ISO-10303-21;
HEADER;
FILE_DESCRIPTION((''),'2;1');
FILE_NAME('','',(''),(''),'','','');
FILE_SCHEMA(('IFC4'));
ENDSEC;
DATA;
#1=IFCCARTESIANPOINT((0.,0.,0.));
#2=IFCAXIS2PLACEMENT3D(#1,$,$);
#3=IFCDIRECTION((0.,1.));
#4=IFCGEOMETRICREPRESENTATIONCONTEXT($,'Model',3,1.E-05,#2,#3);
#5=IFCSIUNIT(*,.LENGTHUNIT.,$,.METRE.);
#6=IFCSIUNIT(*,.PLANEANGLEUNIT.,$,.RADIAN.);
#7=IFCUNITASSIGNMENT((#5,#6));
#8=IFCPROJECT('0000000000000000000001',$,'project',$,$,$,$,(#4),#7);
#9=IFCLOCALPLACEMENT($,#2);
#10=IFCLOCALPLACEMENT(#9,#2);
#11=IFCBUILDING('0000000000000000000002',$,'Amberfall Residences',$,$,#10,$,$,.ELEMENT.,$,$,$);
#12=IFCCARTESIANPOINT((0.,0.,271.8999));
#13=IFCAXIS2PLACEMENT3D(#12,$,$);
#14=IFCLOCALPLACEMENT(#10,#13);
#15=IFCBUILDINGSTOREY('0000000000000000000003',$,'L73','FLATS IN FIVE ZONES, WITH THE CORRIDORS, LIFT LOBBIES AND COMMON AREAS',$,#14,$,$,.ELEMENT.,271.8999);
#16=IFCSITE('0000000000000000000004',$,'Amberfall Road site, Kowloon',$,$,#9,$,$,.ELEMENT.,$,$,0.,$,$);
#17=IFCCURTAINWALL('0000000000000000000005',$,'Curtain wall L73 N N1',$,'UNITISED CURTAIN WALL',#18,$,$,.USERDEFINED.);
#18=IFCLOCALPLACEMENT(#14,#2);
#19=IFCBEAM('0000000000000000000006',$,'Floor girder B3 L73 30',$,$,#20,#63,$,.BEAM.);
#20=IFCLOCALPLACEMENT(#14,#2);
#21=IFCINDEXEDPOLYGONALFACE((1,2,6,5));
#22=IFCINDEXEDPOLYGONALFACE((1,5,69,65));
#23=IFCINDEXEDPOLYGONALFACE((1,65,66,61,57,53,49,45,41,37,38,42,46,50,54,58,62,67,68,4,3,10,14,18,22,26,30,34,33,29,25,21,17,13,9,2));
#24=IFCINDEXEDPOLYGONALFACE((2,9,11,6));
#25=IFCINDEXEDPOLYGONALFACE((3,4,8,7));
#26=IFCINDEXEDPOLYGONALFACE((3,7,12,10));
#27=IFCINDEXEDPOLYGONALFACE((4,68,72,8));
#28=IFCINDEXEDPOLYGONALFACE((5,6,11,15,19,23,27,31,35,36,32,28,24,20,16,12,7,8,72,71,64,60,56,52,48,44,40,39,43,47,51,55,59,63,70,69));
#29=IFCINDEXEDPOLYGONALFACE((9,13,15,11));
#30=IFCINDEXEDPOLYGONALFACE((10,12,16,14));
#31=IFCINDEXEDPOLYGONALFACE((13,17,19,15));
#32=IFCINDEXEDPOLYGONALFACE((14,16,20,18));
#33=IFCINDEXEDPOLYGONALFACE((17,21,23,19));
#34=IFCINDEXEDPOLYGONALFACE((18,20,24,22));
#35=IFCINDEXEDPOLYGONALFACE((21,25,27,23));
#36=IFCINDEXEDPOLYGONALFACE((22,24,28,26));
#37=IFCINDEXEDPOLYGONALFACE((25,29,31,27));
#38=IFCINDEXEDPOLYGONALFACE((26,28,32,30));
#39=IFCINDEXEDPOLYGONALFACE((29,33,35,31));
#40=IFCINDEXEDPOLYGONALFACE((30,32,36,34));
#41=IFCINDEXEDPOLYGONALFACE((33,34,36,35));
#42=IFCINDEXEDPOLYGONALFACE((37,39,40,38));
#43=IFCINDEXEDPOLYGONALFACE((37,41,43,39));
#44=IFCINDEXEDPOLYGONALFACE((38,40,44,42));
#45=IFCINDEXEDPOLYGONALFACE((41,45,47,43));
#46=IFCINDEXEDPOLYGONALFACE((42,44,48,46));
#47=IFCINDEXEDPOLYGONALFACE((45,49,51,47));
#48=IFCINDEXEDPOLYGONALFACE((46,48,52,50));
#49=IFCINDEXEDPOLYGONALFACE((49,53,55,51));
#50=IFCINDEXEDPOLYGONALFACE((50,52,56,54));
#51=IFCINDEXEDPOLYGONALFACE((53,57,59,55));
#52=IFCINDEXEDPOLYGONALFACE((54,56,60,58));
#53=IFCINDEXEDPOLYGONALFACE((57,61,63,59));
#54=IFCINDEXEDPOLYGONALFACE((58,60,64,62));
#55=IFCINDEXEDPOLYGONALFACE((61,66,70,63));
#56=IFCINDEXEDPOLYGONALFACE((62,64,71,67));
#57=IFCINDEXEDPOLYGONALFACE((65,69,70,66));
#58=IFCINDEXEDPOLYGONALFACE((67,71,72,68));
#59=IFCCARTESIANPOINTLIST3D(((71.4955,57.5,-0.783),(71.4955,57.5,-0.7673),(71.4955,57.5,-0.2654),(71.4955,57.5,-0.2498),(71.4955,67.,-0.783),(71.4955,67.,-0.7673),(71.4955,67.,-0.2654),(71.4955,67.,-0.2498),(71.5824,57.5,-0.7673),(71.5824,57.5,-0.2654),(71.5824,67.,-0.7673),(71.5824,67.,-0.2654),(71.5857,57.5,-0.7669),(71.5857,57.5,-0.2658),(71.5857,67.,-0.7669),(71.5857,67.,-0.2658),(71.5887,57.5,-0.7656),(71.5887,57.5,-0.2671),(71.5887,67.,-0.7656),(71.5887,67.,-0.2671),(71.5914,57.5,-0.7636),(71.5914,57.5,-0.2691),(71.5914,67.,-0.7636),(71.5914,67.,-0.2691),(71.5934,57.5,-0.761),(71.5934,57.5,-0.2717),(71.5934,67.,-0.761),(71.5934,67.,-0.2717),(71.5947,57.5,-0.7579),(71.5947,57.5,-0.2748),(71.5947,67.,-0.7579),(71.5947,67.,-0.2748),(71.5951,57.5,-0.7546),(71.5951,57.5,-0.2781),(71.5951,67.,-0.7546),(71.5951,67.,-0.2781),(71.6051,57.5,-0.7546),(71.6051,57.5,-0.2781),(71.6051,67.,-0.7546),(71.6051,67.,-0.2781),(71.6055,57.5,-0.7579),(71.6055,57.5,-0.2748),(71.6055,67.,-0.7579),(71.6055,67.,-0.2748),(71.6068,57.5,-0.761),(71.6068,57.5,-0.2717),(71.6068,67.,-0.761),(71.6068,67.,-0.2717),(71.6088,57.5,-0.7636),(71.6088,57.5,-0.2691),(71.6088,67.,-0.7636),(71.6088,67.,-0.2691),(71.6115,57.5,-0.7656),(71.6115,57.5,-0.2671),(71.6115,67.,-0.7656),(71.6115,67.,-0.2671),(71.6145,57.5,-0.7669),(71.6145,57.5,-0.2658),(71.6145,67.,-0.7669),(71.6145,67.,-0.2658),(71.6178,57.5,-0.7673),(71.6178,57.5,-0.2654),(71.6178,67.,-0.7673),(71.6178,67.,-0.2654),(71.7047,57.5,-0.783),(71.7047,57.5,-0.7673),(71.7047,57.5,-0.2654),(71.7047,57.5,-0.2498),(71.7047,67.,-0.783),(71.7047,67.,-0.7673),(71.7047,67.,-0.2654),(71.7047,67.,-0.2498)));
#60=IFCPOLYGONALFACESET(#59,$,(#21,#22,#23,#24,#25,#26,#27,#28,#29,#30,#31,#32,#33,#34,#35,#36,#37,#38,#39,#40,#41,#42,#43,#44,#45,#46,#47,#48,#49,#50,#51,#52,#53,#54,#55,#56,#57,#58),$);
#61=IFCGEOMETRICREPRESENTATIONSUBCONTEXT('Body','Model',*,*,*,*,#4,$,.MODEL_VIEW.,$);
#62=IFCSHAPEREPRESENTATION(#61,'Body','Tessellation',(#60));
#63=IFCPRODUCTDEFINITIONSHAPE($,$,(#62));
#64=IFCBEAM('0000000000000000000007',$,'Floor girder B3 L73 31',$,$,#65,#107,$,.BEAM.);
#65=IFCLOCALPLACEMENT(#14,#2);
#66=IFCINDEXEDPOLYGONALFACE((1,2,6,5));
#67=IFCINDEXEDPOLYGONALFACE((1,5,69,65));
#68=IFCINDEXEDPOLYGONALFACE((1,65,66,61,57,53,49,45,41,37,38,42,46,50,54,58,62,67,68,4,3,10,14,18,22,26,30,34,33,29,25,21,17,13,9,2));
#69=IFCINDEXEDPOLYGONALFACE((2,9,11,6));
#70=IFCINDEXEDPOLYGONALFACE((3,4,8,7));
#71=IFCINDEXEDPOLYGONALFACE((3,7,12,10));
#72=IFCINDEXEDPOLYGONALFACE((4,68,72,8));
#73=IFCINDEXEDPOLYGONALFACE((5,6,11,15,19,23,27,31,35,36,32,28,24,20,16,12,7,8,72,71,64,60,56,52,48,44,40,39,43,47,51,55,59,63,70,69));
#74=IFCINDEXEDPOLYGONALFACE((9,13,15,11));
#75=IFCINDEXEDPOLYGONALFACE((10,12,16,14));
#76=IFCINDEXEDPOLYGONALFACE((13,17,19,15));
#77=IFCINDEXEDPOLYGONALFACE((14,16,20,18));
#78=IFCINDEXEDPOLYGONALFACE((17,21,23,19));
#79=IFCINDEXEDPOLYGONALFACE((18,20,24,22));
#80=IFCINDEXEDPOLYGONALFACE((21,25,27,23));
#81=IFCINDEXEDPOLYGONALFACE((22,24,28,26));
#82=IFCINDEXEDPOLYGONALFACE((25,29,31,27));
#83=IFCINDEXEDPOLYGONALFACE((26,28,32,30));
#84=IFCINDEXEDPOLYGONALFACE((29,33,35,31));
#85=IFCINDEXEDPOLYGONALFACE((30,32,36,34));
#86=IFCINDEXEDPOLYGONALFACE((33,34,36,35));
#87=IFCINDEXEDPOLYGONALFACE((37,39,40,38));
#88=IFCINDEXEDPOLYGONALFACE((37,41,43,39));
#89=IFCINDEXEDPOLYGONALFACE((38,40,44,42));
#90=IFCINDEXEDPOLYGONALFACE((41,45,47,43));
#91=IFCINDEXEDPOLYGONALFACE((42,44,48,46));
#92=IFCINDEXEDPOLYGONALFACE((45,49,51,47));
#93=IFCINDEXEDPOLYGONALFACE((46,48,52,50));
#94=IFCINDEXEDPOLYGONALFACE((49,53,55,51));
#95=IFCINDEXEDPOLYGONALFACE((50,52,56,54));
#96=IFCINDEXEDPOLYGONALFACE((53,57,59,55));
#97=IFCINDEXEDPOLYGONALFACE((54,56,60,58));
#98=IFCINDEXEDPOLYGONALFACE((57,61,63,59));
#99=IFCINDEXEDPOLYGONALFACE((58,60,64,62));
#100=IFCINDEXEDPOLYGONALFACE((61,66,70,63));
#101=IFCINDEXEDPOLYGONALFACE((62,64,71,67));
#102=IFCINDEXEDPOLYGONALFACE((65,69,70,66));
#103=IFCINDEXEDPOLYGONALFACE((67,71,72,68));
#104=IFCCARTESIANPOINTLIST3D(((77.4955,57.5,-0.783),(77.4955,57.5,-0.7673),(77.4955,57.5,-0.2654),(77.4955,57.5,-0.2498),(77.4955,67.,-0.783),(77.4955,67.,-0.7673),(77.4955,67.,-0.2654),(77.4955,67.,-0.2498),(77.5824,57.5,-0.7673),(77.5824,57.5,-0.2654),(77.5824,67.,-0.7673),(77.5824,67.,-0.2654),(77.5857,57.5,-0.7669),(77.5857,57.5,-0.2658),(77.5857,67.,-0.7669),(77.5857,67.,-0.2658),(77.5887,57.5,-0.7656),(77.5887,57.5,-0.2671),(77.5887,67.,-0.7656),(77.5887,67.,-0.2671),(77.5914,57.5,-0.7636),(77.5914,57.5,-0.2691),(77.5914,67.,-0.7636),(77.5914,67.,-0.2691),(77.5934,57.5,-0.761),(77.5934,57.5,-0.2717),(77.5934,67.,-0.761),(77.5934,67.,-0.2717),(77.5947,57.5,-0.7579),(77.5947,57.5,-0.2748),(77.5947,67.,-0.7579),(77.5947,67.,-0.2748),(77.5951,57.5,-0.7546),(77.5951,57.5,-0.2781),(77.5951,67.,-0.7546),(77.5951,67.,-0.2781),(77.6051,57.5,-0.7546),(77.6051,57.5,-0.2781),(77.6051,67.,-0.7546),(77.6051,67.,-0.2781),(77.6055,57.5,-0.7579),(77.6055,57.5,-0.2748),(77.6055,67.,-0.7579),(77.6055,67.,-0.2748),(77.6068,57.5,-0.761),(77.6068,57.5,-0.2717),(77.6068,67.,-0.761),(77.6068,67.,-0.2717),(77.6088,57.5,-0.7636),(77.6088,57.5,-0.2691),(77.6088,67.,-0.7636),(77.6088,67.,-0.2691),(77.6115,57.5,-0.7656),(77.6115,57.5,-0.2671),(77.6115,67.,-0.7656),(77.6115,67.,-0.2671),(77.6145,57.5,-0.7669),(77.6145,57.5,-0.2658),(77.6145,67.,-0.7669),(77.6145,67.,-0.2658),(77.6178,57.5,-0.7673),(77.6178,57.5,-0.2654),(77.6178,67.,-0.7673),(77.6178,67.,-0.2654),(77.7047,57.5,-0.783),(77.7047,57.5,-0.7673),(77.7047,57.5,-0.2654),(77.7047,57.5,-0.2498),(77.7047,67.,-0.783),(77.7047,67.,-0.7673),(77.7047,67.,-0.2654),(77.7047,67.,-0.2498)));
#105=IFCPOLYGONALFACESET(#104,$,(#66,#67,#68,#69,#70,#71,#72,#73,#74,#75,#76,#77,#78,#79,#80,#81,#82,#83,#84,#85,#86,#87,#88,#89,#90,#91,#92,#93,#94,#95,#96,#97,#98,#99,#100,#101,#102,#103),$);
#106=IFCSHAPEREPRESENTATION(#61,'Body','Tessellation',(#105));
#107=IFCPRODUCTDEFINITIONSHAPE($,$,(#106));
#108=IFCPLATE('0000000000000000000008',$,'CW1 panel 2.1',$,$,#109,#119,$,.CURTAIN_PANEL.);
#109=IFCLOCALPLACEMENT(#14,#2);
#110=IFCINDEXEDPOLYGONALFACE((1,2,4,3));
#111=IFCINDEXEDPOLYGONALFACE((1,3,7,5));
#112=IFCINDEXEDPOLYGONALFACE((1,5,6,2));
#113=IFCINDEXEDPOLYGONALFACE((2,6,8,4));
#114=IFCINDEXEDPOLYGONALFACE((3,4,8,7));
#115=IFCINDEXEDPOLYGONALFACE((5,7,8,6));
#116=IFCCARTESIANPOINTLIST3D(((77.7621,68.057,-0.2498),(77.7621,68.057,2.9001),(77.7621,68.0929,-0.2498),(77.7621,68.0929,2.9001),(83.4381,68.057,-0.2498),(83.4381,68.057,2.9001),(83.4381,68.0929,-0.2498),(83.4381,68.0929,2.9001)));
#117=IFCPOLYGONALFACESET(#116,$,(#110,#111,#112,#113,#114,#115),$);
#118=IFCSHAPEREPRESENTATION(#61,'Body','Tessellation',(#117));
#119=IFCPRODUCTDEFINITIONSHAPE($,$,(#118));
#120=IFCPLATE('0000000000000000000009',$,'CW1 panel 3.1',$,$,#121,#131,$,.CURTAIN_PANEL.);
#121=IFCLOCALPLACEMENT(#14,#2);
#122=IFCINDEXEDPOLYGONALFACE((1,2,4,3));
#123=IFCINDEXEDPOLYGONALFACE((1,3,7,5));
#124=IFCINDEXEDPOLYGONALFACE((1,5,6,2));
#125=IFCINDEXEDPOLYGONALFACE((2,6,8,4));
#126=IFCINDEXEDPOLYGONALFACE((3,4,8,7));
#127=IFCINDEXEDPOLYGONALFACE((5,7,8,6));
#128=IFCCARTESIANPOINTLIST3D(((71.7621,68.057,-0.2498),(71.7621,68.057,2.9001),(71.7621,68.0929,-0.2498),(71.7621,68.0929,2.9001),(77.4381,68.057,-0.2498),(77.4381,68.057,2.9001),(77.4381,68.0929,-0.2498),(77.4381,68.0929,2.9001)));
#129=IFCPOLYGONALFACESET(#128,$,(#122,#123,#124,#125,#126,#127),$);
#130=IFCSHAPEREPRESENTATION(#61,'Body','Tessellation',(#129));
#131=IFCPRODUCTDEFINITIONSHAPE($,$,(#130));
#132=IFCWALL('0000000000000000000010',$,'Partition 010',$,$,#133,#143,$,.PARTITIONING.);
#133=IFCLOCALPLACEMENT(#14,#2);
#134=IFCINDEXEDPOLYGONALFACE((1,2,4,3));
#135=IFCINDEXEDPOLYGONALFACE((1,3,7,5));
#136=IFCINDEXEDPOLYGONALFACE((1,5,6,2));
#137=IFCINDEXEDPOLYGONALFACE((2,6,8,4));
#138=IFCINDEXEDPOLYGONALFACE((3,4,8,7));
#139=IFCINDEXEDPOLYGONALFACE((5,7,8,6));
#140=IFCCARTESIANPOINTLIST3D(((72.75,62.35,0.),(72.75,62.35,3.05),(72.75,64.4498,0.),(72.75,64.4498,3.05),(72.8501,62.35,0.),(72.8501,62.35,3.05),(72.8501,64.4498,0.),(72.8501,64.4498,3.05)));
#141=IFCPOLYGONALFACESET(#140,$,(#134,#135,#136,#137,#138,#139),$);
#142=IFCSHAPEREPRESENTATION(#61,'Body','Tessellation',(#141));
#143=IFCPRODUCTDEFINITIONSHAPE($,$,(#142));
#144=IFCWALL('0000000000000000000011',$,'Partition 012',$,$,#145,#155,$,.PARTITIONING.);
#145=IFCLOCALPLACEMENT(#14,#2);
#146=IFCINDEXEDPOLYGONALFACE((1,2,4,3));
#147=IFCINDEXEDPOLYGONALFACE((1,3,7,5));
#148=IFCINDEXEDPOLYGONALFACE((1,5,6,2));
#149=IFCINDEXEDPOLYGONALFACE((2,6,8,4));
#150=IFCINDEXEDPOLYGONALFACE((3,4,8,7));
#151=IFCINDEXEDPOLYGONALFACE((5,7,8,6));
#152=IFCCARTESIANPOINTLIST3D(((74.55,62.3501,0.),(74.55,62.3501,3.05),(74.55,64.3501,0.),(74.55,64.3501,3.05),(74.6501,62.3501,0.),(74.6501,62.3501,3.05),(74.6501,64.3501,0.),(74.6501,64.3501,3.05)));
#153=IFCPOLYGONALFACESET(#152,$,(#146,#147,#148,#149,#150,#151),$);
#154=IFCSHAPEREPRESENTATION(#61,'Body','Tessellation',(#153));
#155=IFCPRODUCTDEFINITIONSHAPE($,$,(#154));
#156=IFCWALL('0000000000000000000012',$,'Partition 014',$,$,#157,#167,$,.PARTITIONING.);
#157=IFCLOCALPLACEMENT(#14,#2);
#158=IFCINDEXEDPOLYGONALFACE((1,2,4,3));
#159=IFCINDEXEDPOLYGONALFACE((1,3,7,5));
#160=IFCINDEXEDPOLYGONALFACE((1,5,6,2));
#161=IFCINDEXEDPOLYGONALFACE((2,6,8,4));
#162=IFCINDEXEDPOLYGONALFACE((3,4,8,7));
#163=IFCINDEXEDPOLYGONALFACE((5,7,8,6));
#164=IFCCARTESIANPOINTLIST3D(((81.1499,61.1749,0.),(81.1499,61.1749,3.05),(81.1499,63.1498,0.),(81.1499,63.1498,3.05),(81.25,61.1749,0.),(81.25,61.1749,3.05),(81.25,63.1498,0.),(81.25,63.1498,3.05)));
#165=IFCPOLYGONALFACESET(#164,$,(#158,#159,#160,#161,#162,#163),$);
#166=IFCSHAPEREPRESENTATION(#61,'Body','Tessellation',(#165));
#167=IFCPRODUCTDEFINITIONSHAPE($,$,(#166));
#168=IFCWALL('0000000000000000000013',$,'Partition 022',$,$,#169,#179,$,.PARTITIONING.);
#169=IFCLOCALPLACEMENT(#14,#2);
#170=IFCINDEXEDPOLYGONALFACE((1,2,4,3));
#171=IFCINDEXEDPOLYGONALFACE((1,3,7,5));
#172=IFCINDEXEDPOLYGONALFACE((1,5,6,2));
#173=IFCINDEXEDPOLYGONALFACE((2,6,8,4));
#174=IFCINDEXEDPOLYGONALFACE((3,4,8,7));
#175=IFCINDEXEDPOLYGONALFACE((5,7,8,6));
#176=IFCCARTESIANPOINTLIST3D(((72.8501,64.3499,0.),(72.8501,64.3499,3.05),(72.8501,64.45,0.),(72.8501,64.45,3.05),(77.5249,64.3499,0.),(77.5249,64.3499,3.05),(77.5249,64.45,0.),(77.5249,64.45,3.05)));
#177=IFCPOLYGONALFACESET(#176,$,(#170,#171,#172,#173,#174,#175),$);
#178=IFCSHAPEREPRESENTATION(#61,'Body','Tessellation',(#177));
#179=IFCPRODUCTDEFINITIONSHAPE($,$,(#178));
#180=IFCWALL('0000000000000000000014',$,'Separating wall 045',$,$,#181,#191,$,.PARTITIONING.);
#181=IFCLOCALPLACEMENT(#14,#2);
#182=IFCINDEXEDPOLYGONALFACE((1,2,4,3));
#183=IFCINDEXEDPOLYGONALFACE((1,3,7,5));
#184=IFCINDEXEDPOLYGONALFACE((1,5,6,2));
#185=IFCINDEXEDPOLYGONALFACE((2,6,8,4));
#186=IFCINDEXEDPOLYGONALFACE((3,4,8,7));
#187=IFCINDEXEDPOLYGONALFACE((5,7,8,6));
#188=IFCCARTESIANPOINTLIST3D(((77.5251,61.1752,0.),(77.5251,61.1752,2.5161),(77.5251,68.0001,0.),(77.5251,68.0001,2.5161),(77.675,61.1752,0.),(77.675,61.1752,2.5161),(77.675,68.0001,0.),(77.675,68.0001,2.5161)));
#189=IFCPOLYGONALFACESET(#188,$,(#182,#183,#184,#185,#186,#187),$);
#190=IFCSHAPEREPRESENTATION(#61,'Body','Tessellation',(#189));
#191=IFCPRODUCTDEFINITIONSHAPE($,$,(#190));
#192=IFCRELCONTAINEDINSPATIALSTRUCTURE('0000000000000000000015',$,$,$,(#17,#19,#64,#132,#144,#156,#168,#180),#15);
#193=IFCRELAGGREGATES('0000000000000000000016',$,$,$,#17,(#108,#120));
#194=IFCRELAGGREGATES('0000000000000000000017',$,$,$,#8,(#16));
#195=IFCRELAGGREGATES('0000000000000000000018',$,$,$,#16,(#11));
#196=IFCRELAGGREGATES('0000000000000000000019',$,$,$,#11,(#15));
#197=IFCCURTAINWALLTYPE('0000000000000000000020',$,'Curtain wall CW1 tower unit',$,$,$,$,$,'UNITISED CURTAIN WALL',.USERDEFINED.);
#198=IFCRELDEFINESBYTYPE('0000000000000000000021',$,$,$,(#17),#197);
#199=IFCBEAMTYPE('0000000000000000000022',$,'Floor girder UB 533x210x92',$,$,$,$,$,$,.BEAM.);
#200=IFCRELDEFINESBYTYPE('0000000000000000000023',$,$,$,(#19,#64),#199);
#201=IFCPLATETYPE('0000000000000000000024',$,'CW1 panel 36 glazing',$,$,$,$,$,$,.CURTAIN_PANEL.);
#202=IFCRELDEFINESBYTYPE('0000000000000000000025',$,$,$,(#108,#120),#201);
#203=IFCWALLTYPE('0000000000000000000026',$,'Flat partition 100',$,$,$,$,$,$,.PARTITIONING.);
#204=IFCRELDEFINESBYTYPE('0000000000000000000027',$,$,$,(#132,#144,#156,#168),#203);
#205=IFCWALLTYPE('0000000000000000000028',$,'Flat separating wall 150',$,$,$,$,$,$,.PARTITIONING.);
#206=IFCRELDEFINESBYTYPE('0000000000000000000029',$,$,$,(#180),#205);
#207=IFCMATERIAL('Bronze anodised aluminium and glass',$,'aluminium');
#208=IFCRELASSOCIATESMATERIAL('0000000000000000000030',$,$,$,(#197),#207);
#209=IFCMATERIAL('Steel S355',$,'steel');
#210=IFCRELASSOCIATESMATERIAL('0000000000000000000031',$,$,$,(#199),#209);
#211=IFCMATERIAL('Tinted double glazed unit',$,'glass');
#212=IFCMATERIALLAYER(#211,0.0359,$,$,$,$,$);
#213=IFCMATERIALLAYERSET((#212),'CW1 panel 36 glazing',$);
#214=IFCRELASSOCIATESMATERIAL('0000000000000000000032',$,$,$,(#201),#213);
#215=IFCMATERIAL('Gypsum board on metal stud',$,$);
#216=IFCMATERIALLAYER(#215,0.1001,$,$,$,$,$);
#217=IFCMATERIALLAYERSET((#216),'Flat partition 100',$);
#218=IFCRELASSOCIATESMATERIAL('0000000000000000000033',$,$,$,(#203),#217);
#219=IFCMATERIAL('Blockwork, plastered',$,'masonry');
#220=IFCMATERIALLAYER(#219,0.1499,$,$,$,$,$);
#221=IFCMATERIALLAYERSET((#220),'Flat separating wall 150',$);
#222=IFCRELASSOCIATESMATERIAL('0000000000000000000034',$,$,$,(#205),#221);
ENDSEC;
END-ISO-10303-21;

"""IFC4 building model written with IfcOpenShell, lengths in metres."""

from ifc_helpers import new_model, si_unit, direction, frame, frame_2d, origin, origin_2d, place, context, subcontext, project, spatial, rectangle, i_section, extrude, material, layer, layer_set, material_profile, profile_set, type_object, element, aggregate, save


model = new_model("IFC4")

# Units and contexts
model_context = context("Model", 3, precision=1e-05, world=origin(), true_north=direction((0.0, 1.0)))
body_context = subcontext(model_context, "Body", "Model", "MODEL_VIEW")
ifc_project = project(units=[si_unit("LENGTHUNIT", "METRE"), si_unit("PLANEANGLEUNIT", "RADIAN")], contexts=[model_context])

# Site, building, storey
site_placement = place(None, origin())
site = spatial("IfcSite", under=ifc_project, at=site_placement, Name="Amberfall Road site, Kowloon", CompositionType="ELEMENT", RefElevation=0.0)
building_placement = place(site_placement, origin())
building = spatial("IfcBuilding", under=site, at=building_placement, Name="Amberfall Residences", CompositionType="ELEMENT")
storey_placement = place(building_placement, frame((0.0, 0.0, 271.8999)))
storey = spatial("IfcBuildingStorey", under=building, at=storey_placement, Name="L73", Description="FLATS IN FIVE ZONES, WITH THE CORRIDORS, LIFT LOBBIES AND COMMON AREAS", CompositionType="ELEMENT", Elevation=271.8999)

# Curtain wall
ifc_material_1 = material(Name="Bronze anodised aluminium and glass", Category="aluminium")
curtain_wall_type = type_object("IfcCurtainWallType", Name="Curtain wall CW1 tower unit", ElementType="UNITISED CURTAIN WALL", PredefinedType="USERDEFINED", material=ifc_material_1)
curtain_wall_placement = place(storey_placement, origin())
curtain_wall = element("IfcCurtainWall", 1, at=curtain_wall_placement, inside=storey, type_object=curtain_wall_type, Name="Curtain wall L73 N N1", ObjectType="UNITISED CURTAIN WALL", PredefinedType="USERDEFINED")

# Shared definitions
ifc_material_2 = material(Name="Steel S355", Category="steel")

# Beams
ifc_material_profile_1 = material_profile(ifc_material_2, i_section(OverallWidth=0.2092, OverallDepth=0.5332, WebThickness=0.01, FlangeThickness=0.0156, FilletRadius=0.0127, at=origin_2d()), Name="UB 533x210x92")
ifc_profile_set_1 = profile_set([ifc_material_profile_1], Name="Steel S355")
beam_type_1 = type_object("IfcBeamType", Name="Floor girder UB 533x210x92", PredefinedType="BEAM", material=ifc_profile_set_1)
for number, where, z_axis, x_axis, name in (
    (2, (71.6001, 67.0, -0.5164), (0.0, -1.0, 0.0), (1.0, 0.0, 0.0), "Floor girder B3 L73 30"),
    (3, (77.6001, 67.0, -0.5164), (0.0, -1.0, 0.0), (1.0, 0.0, 0.0), "Floor girder B3 L73 31"),
):
    element("IfcBeam", number, at=place(storey_placement, frame(where, z_axis=z_axis, x_axis=x_axis)), inside=storey, type_object=beam_type_1, Name=name, PredefinedType="BEAM", context=body_context, shape_type="SweptSolid", body=[
        extrude(i_section(OverallWidth=0.2092, OverallDepth=0.5332, WebThickness=0.01, FlangeThickness=0.0156, FilletRadius=0.0127, at=origin_2d()), origin(), (0.0, 0.0, 1.0), 9.5),
    ])

# Plates
ifc_material_3 = material(Name="Tinted double glazed unit", Category="glass")
ifc_layer_1 = layer(ifc_material_3, 0.0359)
ifc_layer_set_1 = layer_set([ifc_layer_1], Name="CW1 panel 36 glazing")
plate_type = type_object("IfcPlateType", Name="CW1 panel 36 glazing", PredefinedType="CURTAIN_PANEL", material=ifc_layer_set_1)
plate_1_placement = place(storey_placement, frame((80.6001, 68.075, -0.2498), z_axis=(0.0, 0.0, 1.0), x_axis=(-1.0, 0.0, 0.0)))
plate_1 = element("IfcPlate", 4, at=plate_1_placement, type_object=plate_type, Name="CW1 panel 2.1", PredefinedType="CURTAIN_PANEL", context=body_context, shape_type="SweptSolid", body=[
    extrude(rectangle(XDim=5.676, YDim=0.0359, at=origin_2d()), origin(), (0.0, 0.0, 1.0), 3.1499),
])
plate_2_placement = place(storey_placement, frame((74.6001, 68.075, -0.2498), z_axis=(0.0, 0.0, 1.0), x_axis=(-1.0, 0.0, 0.0)))
plate_2 = element("IfcPlate", 5, at=plate_2_placement, type_object=plate_type, Name="CW1 panel 3.1", PredefinedType="CURTAIN_PANEL", context=body_context, shape_type="SweptSolid", body=[
    extrude(rectangle(XDim=5.676, YDim=0.0359, at=origin_2d()), origin(), (0.0, 0.0, 1.0), 3.1499),
])
aggregate(curtain_wall, [plate_1, plate_2])

# Walls
ifc_material_4 = material(Name="Gypsum board on metal stud")
ifc_layer_2 = layer(ifc_material_4, 0.1001)
ifc_layer_set_2 = layer_set([ifc_layer_2], Name="Flat partition 100")
wall_type_1 = type_object("IfcWallType", Name="Flat partition 100", PredefinedType="PARTITIONING", material=ifc_layer_set_2)
wall_1_placement = place(storey_placement, frame((72.8, 62.3501, 0.0), z_axis=(0.0, 0.0, 1.0), x_axis=(0.0, 1.0, 0.0)))
element("IfcWall", 6, at=wall_1_placement, inside=storey, type_object=wall_type_1, Name="Partition 010", PredefinedType="PARTITIONING", context=body_context, shape_type="SweptSolid", body=[
    extrude(rectangle(XDim=2.0999, YDim=0.1001, at=frame_2d((1.0498, 0.0))), origin(), (0.0, 0.0, 1.0), 3.05),
])
wall_2_placement = place(storey_placement, frame((74.6001, 62.3501, 0.0), z_axis=(0.0, 0.0, 1.0), x_axis=(0.0, 1.0, 0.0)))
element("IfcWall", 7, at=wall_2_placement, inside=storey, type_object=wall_type_1, Name="Partition 012", PredefinedType="PARTITIONING", context=body_context, shape_type="SweptSolid", body=[
    extrude(rectangle(XDim=2.0, YDim=0.1001, at=frame_2d((1.0, 0.0))), origin(), (0.0, 0.0, 1.0), 3.05),
])
wall_3_placement = place(storey_placement, frame((81.2, 61.175, 0.0), z_axis=(0.0, 0.0, 1.0), x_axis=(0.0, 1.0, 0.0)))
element("IfcWall", 8, at=wall_3_placement, inside=storey, type_object=wall_type_1, Name="Partition 014", PredefinedType="PARTITIONING", context=body_context, shape_type="SweptSolid", body=[
    extrude(rectangle(XDim=1.9749, YDim=0.1001, at=frame_2d((0.9873, 0.0))), origin(), (0.0, 0.0, 1.0), 3.05),
])
wall_4_placement = place(storey_placement, frame((72.8501, 64.3999, 0.0), z_axis=(0.0, 0.0, 1.0), x_axis=(1.0, 0.0, 0.0)))
element("IfcWall", 9, at=wall_4_placement, inside=storey, type_object=wall_type_1, Name="Partition 022", PredefinedType="PARTITIONING", context=body_context, shape_type="SweptSolid", body=[
    extrude(rectangle(XDim=4.6748, YDim=0.1001, at=frame_2d((2.3374, 0.0))), origin(), (0.0, 0.0, 1.0), 3.05),
])
ifc_material_5 = material(Name="Blockwork, plastered", Category="masonry")
ifc_layer_3 = layer(ifc_material_5, 0.1499)
ifc_layer_set_3 = layer_set([ifc_layer_3], Name="Flat separating wall 150")
wall_type_2 = type_object("IfcWallType", Name="Flat separating wall 150", PredefinedType="PARTITIONING", material=ifc_layer_set_3)
wall_5_placement = place(storey_placement, frame((77.6001, 61.175, 0.0), z_axis=(0.0, 0.0, 1.0), x_axis=(0.0, 1.0, 0.0)))
element("IfcWall", 10, at=wall_5_placement, inside=storey, type_object=wall_type_2, Name="Separating wall 045", PredefinedType="PARTITIONING", context=body_context, shape_type="SweptSolid", body=[
    extrude(rectangle(XDim=6.825, YDim=0.1499, at=frame_2d((3.4126, 0.0))), origin(), (0.0, 0.0, 1.0), 2.5161),
])

save(model, "model.ifc")
